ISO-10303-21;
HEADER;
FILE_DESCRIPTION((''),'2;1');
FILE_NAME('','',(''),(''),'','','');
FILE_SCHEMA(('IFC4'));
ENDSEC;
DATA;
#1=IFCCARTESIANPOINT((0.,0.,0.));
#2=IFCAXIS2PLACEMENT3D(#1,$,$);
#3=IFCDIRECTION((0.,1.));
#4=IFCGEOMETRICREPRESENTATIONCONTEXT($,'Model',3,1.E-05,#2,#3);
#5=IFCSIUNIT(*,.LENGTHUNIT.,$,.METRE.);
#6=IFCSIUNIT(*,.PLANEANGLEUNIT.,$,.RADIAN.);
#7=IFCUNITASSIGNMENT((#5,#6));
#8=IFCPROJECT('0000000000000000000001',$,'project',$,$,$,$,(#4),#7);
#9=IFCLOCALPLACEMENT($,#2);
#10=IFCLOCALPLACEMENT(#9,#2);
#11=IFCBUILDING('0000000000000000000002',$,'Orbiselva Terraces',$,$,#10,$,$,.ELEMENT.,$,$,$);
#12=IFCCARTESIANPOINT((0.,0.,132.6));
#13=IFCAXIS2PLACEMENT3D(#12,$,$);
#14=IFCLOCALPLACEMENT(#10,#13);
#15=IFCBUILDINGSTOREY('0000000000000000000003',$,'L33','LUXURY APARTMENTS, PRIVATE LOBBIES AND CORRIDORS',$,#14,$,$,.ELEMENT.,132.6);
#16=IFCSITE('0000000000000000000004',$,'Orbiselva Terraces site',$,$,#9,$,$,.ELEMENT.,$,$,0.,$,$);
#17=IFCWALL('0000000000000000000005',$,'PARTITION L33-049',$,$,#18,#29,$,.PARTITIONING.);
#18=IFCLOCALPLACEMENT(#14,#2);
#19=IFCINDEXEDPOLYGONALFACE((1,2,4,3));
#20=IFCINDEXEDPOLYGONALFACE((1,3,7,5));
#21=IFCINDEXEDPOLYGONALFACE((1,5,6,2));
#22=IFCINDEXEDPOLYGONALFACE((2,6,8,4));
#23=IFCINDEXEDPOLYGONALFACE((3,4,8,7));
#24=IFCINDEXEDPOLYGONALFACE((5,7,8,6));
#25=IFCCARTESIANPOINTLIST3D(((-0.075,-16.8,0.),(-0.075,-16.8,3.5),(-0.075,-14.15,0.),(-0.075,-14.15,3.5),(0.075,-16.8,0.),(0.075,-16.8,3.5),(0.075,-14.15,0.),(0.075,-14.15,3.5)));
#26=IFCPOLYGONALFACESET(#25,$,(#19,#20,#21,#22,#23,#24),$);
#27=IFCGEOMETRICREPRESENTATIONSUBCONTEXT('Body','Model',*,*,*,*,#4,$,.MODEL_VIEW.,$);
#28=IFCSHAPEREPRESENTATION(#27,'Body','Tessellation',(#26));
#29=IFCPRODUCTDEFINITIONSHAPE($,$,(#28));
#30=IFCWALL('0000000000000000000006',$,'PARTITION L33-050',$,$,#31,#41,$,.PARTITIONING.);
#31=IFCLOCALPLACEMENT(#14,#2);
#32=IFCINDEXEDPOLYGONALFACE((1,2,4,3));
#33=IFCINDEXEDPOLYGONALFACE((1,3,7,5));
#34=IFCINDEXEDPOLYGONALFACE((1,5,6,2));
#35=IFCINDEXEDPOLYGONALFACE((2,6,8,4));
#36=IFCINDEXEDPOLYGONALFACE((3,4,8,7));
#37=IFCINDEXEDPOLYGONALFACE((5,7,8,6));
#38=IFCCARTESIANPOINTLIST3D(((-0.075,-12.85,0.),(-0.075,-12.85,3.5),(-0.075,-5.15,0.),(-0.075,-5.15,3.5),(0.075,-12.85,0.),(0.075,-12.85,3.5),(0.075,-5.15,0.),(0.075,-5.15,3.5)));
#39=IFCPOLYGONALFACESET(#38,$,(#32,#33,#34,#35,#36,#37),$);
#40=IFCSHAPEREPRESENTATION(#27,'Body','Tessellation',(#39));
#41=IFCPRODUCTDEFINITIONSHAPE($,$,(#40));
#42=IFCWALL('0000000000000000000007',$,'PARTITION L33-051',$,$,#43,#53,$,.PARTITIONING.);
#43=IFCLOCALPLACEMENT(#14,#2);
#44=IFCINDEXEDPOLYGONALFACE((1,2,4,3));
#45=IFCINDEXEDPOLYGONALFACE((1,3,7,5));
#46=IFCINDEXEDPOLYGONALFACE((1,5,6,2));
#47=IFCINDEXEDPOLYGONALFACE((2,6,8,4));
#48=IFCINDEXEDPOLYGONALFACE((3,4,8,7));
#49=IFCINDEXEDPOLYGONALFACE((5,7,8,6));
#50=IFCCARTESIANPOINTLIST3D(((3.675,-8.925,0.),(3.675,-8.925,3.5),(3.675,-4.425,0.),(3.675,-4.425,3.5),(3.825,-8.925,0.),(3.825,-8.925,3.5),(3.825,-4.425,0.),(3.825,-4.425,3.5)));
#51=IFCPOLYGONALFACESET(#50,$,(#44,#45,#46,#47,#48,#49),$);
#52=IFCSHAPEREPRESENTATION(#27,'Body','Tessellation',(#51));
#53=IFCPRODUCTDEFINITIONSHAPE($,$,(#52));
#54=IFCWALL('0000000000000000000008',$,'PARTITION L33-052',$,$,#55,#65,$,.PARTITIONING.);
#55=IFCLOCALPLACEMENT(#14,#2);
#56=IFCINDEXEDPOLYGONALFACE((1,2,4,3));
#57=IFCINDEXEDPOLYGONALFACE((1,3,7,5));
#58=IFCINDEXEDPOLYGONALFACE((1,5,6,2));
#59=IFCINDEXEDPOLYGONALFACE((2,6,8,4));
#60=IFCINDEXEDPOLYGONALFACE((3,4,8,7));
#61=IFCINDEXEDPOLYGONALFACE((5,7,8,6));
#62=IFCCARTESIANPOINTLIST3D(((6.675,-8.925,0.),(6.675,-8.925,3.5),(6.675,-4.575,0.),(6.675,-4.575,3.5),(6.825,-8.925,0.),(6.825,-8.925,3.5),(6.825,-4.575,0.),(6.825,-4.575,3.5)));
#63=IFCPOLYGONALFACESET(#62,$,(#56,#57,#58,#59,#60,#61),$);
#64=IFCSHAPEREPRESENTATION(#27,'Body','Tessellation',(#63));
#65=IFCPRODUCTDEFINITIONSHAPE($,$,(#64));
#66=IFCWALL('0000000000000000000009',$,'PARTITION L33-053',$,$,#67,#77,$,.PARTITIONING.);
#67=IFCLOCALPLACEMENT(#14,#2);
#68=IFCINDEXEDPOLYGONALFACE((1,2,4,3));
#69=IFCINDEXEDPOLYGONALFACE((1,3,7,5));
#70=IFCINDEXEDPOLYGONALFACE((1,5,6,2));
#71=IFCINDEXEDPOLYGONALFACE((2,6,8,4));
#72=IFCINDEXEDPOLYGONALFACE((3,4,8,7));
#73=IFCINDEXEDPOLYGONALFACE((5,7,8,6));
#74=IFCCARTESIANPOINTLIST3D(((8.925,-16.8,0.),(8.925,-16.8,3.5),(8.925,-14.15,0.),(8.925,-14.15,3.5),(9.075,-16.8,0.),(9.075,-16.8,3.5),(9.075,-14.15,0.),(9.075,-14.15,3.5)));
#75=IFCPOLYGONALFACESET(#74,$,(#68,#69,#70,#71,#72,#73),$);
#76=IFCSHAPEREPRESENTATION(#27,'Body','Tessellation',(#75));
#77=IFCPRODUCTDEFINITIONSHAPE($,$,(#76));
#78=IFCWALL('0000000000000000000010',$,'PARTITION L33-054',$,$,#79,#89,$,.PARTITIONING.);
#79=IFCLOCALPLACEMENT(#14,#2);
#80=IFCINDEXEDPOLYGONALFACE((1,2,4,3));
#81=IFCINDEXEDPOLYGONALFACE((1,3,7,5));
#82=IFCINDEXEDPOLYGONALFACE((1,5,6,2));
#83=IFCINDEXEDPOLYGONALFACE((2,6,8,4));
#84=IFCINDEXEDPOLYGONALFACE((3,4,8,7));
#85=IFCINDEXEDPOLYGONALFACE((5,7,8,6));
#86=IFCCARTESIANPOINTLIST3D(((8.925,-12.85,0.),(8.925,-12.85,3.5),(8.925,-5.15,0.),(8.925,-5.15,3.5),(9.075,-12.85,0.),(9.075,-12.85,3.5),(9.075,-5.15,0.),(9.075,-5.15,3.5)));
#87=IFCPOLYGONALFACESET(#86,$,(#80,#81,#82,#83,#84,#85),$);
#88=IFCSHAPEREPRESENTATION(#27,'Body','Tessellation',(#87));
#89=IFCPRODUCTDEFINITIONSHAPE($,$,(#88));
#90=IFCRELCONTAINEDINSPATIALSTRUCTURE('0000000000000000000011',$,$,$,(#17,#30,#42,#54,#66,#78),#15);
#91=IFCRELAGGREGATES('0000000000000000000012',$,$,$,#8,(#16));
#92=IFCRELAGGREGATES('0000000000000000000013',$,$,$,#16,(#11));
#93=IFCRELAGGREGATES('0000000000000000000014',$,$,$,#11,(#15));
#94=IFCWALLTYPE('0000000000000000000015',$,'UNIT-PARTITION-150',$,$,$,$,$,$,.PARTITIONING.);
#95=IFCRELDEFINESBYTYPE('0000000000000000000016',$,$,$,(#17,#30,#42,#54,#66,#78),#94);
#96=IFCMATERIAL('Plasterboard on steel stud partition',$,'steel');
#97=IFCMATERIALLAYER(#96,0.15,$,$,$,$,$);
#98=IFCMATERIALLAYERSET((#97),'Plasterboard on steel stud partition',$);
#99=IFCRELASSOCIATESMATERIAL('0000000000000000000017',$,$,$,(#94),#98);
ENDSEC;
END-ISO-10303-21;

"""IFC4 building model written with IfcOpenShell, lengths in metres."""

from ifc_helpers import new_model, si_unit, direction, frame, frame_2d, origin, place, context, subcontext, project, spatial, rectangle, extrude, material, layer, layer_set, type_object, element, save


model = new_model("IFC4")

# Units and contexts
model_context = context("Model", 3, precision=1e-05, world=origin(), true_north=direction((0.0, 1.0)))
body_context = subcontext(model_context, "Body", "Model", "MODEL_VIEW")
ifc_project = project(units=[si_unit("LENGTHUNIT", "METRE"), si_unit("PLANEANGLEUNIT", "RADIAN")], contexts=[model_context])

# Site, building, storey
site_placement = place(None, origin())
site = spatial("IfcSite", under=ifc_project, at=site_placement, Name="Orbiselva Terraces site", CompositionType="ELEMENT", RefElevation=0.0)
building_placement = place(site_placement, origin())
building = spatial("IfcBuilding", under=site, at=building_placement, Name="Orbiselva Terraces", CompositionType="ELEMENT")
storey_placement = place(building_placement, frame((0.0, 0.0, 132.6)))
storey = spatial("IfcBuildingStorey", under=building, at=storey_placement, Name="L33", Description="LUXURY APARTMENTS, PRIVATE LOBBIES AND CORRIDORS", CompositionType="ELEMENT", Elevation=132.6)

# Shared definitions
ifc_material_1 = material(Name="Plasterboard on steel stud partition", Category="steel")
ifc_layer_1 = layer(ifc_material_1, 0.15)
ifc_layer_set_1 = layer_set([ifc_layer_1], Name="Plasterboard on steel stud partition")
wall_type_1 = type_object("IfcWallType", Name="UNIT-PARTITION-150", PredefinedType="PARTITIONING", material=ifc_layer_set_1)

# Walls
wall_1_placement = place(storey_placement, frame((0.0, -16.8, 0.0), z_axis=(0.0, 0.0, 1.0), x_axis=(0.0, 1.0, 0.0)))
element("IfcWall", 1, at=wall_1_placement, inside=storey, type_object=wall_type_1, Name="PARTITION L33-049", PredefinedType="PARTITIONING", context=body_context, shape_type="SweptSolid", body=[
    extrude(rectangle(XDim=2.65, YDim=0.15, at=frame_2d((1.325, 0.0))), origin(), (0.0, 0.0, 1.0), 3.5),
])
wall_2_placement = place(storey_placement, frame((0.0, -12.85, 0.0), z_axis=(0.0, 0.0, 1.0), x_axis=(0.0, 1.0, 0.0)))
element("IfcWall", 2, at=wall_2_placement, inside=storey, type_object=wall_type_1, Name="PARTITION L33-050", PredefinedType="PARTITIONING", context=body_context, shape_type="SweptSolid", body=[
    extrude(rectangle(XDim=7.7, YDim=0.15, at=frame_2d((3.85, 0.0))), origin(), (0.0, 0.0, 1.0), 3.5),
])
wall_3_placement = place(storey_placement, frame((3.75, -8.925, 0.0), z_axis=(0.0, 0.0, 1.0), x_axis=(0.0, 1.0, 0.0)))
element("IfcWall", 3, at=wall_3_placement, inside=storey, type_object=wall_type_1, Name="PARTITION L33-051", PredefinedType="PARTITIONING", context=body_context, shape_type="SweptSolid", body=[
    extrude(rectangle(XDim=4.5, YDim=0.15, at=frame_2d((2.25, 0.0))), origin(), (0.0, 0.0, 1.0), 3.5),
])
wall_4_placement = place(storey_placement, frame((6.75, -8.925, 0.0), z_axis=(0.0, 0.0, 1.0), x_axis=(0.0, 1.0, 0.0)))
element("IfcWall", 4, at=wall_4_placement, inside=storey, type_object=wall_type_1, Name="PARTITION L33-052", PredefinedType="PARTITIONING", context=body_context, shape_type="SweptSolid", body=[
    extrude(rectangle(XDim=4.35, YDim=0.15, at=frame_2d((2.175, 0.0))), origin(), (0.0, 0.0, 1.0), 3.5),
])
wall_5_placement = place(storey_placement, frame((9.0, -16.8, 0.0), z_axis=(0.0, 0.0, 1.0), x_axis=(0.0, 1.0, 0.0)))
element("IfcWall", 5, at=wall_5_placement, inside=storey, type_object=wall_type_1, Name="PARTITION L33-053", PredefinedType="PARTITIONING", context=body_context, shape_type="SweptSolid", body=[
    extrude(rectangle(XDim=2.65, YDim=0.15, at=frame_2d((1.325, 0.0))), origin(), (0.0, 0.0, 1.0), 3.5),
])
wall_6_placement = place(storey_placement, frame((9.0, -12.85, 0.0), z_axis=(0.0, 0.0, 1.0), x_axis=(0.0, 1.0, 0.0)))
element("IfcWall", 6, at=wall_6_placement, inside=storey, type_object=wall_type_1, Name="PARTITION L33-054", PredefinedType="PARTITIONING", context=body_context, shape_type="SweptSolid", body=[
    extrude(rectangle(XDim=7.7, YDim=0.15, at=frame_2d((3.85, 0.0))), origin(), (0.0, 0.0, 1.0), 3.5),
])

save(model, "model.ifc")
